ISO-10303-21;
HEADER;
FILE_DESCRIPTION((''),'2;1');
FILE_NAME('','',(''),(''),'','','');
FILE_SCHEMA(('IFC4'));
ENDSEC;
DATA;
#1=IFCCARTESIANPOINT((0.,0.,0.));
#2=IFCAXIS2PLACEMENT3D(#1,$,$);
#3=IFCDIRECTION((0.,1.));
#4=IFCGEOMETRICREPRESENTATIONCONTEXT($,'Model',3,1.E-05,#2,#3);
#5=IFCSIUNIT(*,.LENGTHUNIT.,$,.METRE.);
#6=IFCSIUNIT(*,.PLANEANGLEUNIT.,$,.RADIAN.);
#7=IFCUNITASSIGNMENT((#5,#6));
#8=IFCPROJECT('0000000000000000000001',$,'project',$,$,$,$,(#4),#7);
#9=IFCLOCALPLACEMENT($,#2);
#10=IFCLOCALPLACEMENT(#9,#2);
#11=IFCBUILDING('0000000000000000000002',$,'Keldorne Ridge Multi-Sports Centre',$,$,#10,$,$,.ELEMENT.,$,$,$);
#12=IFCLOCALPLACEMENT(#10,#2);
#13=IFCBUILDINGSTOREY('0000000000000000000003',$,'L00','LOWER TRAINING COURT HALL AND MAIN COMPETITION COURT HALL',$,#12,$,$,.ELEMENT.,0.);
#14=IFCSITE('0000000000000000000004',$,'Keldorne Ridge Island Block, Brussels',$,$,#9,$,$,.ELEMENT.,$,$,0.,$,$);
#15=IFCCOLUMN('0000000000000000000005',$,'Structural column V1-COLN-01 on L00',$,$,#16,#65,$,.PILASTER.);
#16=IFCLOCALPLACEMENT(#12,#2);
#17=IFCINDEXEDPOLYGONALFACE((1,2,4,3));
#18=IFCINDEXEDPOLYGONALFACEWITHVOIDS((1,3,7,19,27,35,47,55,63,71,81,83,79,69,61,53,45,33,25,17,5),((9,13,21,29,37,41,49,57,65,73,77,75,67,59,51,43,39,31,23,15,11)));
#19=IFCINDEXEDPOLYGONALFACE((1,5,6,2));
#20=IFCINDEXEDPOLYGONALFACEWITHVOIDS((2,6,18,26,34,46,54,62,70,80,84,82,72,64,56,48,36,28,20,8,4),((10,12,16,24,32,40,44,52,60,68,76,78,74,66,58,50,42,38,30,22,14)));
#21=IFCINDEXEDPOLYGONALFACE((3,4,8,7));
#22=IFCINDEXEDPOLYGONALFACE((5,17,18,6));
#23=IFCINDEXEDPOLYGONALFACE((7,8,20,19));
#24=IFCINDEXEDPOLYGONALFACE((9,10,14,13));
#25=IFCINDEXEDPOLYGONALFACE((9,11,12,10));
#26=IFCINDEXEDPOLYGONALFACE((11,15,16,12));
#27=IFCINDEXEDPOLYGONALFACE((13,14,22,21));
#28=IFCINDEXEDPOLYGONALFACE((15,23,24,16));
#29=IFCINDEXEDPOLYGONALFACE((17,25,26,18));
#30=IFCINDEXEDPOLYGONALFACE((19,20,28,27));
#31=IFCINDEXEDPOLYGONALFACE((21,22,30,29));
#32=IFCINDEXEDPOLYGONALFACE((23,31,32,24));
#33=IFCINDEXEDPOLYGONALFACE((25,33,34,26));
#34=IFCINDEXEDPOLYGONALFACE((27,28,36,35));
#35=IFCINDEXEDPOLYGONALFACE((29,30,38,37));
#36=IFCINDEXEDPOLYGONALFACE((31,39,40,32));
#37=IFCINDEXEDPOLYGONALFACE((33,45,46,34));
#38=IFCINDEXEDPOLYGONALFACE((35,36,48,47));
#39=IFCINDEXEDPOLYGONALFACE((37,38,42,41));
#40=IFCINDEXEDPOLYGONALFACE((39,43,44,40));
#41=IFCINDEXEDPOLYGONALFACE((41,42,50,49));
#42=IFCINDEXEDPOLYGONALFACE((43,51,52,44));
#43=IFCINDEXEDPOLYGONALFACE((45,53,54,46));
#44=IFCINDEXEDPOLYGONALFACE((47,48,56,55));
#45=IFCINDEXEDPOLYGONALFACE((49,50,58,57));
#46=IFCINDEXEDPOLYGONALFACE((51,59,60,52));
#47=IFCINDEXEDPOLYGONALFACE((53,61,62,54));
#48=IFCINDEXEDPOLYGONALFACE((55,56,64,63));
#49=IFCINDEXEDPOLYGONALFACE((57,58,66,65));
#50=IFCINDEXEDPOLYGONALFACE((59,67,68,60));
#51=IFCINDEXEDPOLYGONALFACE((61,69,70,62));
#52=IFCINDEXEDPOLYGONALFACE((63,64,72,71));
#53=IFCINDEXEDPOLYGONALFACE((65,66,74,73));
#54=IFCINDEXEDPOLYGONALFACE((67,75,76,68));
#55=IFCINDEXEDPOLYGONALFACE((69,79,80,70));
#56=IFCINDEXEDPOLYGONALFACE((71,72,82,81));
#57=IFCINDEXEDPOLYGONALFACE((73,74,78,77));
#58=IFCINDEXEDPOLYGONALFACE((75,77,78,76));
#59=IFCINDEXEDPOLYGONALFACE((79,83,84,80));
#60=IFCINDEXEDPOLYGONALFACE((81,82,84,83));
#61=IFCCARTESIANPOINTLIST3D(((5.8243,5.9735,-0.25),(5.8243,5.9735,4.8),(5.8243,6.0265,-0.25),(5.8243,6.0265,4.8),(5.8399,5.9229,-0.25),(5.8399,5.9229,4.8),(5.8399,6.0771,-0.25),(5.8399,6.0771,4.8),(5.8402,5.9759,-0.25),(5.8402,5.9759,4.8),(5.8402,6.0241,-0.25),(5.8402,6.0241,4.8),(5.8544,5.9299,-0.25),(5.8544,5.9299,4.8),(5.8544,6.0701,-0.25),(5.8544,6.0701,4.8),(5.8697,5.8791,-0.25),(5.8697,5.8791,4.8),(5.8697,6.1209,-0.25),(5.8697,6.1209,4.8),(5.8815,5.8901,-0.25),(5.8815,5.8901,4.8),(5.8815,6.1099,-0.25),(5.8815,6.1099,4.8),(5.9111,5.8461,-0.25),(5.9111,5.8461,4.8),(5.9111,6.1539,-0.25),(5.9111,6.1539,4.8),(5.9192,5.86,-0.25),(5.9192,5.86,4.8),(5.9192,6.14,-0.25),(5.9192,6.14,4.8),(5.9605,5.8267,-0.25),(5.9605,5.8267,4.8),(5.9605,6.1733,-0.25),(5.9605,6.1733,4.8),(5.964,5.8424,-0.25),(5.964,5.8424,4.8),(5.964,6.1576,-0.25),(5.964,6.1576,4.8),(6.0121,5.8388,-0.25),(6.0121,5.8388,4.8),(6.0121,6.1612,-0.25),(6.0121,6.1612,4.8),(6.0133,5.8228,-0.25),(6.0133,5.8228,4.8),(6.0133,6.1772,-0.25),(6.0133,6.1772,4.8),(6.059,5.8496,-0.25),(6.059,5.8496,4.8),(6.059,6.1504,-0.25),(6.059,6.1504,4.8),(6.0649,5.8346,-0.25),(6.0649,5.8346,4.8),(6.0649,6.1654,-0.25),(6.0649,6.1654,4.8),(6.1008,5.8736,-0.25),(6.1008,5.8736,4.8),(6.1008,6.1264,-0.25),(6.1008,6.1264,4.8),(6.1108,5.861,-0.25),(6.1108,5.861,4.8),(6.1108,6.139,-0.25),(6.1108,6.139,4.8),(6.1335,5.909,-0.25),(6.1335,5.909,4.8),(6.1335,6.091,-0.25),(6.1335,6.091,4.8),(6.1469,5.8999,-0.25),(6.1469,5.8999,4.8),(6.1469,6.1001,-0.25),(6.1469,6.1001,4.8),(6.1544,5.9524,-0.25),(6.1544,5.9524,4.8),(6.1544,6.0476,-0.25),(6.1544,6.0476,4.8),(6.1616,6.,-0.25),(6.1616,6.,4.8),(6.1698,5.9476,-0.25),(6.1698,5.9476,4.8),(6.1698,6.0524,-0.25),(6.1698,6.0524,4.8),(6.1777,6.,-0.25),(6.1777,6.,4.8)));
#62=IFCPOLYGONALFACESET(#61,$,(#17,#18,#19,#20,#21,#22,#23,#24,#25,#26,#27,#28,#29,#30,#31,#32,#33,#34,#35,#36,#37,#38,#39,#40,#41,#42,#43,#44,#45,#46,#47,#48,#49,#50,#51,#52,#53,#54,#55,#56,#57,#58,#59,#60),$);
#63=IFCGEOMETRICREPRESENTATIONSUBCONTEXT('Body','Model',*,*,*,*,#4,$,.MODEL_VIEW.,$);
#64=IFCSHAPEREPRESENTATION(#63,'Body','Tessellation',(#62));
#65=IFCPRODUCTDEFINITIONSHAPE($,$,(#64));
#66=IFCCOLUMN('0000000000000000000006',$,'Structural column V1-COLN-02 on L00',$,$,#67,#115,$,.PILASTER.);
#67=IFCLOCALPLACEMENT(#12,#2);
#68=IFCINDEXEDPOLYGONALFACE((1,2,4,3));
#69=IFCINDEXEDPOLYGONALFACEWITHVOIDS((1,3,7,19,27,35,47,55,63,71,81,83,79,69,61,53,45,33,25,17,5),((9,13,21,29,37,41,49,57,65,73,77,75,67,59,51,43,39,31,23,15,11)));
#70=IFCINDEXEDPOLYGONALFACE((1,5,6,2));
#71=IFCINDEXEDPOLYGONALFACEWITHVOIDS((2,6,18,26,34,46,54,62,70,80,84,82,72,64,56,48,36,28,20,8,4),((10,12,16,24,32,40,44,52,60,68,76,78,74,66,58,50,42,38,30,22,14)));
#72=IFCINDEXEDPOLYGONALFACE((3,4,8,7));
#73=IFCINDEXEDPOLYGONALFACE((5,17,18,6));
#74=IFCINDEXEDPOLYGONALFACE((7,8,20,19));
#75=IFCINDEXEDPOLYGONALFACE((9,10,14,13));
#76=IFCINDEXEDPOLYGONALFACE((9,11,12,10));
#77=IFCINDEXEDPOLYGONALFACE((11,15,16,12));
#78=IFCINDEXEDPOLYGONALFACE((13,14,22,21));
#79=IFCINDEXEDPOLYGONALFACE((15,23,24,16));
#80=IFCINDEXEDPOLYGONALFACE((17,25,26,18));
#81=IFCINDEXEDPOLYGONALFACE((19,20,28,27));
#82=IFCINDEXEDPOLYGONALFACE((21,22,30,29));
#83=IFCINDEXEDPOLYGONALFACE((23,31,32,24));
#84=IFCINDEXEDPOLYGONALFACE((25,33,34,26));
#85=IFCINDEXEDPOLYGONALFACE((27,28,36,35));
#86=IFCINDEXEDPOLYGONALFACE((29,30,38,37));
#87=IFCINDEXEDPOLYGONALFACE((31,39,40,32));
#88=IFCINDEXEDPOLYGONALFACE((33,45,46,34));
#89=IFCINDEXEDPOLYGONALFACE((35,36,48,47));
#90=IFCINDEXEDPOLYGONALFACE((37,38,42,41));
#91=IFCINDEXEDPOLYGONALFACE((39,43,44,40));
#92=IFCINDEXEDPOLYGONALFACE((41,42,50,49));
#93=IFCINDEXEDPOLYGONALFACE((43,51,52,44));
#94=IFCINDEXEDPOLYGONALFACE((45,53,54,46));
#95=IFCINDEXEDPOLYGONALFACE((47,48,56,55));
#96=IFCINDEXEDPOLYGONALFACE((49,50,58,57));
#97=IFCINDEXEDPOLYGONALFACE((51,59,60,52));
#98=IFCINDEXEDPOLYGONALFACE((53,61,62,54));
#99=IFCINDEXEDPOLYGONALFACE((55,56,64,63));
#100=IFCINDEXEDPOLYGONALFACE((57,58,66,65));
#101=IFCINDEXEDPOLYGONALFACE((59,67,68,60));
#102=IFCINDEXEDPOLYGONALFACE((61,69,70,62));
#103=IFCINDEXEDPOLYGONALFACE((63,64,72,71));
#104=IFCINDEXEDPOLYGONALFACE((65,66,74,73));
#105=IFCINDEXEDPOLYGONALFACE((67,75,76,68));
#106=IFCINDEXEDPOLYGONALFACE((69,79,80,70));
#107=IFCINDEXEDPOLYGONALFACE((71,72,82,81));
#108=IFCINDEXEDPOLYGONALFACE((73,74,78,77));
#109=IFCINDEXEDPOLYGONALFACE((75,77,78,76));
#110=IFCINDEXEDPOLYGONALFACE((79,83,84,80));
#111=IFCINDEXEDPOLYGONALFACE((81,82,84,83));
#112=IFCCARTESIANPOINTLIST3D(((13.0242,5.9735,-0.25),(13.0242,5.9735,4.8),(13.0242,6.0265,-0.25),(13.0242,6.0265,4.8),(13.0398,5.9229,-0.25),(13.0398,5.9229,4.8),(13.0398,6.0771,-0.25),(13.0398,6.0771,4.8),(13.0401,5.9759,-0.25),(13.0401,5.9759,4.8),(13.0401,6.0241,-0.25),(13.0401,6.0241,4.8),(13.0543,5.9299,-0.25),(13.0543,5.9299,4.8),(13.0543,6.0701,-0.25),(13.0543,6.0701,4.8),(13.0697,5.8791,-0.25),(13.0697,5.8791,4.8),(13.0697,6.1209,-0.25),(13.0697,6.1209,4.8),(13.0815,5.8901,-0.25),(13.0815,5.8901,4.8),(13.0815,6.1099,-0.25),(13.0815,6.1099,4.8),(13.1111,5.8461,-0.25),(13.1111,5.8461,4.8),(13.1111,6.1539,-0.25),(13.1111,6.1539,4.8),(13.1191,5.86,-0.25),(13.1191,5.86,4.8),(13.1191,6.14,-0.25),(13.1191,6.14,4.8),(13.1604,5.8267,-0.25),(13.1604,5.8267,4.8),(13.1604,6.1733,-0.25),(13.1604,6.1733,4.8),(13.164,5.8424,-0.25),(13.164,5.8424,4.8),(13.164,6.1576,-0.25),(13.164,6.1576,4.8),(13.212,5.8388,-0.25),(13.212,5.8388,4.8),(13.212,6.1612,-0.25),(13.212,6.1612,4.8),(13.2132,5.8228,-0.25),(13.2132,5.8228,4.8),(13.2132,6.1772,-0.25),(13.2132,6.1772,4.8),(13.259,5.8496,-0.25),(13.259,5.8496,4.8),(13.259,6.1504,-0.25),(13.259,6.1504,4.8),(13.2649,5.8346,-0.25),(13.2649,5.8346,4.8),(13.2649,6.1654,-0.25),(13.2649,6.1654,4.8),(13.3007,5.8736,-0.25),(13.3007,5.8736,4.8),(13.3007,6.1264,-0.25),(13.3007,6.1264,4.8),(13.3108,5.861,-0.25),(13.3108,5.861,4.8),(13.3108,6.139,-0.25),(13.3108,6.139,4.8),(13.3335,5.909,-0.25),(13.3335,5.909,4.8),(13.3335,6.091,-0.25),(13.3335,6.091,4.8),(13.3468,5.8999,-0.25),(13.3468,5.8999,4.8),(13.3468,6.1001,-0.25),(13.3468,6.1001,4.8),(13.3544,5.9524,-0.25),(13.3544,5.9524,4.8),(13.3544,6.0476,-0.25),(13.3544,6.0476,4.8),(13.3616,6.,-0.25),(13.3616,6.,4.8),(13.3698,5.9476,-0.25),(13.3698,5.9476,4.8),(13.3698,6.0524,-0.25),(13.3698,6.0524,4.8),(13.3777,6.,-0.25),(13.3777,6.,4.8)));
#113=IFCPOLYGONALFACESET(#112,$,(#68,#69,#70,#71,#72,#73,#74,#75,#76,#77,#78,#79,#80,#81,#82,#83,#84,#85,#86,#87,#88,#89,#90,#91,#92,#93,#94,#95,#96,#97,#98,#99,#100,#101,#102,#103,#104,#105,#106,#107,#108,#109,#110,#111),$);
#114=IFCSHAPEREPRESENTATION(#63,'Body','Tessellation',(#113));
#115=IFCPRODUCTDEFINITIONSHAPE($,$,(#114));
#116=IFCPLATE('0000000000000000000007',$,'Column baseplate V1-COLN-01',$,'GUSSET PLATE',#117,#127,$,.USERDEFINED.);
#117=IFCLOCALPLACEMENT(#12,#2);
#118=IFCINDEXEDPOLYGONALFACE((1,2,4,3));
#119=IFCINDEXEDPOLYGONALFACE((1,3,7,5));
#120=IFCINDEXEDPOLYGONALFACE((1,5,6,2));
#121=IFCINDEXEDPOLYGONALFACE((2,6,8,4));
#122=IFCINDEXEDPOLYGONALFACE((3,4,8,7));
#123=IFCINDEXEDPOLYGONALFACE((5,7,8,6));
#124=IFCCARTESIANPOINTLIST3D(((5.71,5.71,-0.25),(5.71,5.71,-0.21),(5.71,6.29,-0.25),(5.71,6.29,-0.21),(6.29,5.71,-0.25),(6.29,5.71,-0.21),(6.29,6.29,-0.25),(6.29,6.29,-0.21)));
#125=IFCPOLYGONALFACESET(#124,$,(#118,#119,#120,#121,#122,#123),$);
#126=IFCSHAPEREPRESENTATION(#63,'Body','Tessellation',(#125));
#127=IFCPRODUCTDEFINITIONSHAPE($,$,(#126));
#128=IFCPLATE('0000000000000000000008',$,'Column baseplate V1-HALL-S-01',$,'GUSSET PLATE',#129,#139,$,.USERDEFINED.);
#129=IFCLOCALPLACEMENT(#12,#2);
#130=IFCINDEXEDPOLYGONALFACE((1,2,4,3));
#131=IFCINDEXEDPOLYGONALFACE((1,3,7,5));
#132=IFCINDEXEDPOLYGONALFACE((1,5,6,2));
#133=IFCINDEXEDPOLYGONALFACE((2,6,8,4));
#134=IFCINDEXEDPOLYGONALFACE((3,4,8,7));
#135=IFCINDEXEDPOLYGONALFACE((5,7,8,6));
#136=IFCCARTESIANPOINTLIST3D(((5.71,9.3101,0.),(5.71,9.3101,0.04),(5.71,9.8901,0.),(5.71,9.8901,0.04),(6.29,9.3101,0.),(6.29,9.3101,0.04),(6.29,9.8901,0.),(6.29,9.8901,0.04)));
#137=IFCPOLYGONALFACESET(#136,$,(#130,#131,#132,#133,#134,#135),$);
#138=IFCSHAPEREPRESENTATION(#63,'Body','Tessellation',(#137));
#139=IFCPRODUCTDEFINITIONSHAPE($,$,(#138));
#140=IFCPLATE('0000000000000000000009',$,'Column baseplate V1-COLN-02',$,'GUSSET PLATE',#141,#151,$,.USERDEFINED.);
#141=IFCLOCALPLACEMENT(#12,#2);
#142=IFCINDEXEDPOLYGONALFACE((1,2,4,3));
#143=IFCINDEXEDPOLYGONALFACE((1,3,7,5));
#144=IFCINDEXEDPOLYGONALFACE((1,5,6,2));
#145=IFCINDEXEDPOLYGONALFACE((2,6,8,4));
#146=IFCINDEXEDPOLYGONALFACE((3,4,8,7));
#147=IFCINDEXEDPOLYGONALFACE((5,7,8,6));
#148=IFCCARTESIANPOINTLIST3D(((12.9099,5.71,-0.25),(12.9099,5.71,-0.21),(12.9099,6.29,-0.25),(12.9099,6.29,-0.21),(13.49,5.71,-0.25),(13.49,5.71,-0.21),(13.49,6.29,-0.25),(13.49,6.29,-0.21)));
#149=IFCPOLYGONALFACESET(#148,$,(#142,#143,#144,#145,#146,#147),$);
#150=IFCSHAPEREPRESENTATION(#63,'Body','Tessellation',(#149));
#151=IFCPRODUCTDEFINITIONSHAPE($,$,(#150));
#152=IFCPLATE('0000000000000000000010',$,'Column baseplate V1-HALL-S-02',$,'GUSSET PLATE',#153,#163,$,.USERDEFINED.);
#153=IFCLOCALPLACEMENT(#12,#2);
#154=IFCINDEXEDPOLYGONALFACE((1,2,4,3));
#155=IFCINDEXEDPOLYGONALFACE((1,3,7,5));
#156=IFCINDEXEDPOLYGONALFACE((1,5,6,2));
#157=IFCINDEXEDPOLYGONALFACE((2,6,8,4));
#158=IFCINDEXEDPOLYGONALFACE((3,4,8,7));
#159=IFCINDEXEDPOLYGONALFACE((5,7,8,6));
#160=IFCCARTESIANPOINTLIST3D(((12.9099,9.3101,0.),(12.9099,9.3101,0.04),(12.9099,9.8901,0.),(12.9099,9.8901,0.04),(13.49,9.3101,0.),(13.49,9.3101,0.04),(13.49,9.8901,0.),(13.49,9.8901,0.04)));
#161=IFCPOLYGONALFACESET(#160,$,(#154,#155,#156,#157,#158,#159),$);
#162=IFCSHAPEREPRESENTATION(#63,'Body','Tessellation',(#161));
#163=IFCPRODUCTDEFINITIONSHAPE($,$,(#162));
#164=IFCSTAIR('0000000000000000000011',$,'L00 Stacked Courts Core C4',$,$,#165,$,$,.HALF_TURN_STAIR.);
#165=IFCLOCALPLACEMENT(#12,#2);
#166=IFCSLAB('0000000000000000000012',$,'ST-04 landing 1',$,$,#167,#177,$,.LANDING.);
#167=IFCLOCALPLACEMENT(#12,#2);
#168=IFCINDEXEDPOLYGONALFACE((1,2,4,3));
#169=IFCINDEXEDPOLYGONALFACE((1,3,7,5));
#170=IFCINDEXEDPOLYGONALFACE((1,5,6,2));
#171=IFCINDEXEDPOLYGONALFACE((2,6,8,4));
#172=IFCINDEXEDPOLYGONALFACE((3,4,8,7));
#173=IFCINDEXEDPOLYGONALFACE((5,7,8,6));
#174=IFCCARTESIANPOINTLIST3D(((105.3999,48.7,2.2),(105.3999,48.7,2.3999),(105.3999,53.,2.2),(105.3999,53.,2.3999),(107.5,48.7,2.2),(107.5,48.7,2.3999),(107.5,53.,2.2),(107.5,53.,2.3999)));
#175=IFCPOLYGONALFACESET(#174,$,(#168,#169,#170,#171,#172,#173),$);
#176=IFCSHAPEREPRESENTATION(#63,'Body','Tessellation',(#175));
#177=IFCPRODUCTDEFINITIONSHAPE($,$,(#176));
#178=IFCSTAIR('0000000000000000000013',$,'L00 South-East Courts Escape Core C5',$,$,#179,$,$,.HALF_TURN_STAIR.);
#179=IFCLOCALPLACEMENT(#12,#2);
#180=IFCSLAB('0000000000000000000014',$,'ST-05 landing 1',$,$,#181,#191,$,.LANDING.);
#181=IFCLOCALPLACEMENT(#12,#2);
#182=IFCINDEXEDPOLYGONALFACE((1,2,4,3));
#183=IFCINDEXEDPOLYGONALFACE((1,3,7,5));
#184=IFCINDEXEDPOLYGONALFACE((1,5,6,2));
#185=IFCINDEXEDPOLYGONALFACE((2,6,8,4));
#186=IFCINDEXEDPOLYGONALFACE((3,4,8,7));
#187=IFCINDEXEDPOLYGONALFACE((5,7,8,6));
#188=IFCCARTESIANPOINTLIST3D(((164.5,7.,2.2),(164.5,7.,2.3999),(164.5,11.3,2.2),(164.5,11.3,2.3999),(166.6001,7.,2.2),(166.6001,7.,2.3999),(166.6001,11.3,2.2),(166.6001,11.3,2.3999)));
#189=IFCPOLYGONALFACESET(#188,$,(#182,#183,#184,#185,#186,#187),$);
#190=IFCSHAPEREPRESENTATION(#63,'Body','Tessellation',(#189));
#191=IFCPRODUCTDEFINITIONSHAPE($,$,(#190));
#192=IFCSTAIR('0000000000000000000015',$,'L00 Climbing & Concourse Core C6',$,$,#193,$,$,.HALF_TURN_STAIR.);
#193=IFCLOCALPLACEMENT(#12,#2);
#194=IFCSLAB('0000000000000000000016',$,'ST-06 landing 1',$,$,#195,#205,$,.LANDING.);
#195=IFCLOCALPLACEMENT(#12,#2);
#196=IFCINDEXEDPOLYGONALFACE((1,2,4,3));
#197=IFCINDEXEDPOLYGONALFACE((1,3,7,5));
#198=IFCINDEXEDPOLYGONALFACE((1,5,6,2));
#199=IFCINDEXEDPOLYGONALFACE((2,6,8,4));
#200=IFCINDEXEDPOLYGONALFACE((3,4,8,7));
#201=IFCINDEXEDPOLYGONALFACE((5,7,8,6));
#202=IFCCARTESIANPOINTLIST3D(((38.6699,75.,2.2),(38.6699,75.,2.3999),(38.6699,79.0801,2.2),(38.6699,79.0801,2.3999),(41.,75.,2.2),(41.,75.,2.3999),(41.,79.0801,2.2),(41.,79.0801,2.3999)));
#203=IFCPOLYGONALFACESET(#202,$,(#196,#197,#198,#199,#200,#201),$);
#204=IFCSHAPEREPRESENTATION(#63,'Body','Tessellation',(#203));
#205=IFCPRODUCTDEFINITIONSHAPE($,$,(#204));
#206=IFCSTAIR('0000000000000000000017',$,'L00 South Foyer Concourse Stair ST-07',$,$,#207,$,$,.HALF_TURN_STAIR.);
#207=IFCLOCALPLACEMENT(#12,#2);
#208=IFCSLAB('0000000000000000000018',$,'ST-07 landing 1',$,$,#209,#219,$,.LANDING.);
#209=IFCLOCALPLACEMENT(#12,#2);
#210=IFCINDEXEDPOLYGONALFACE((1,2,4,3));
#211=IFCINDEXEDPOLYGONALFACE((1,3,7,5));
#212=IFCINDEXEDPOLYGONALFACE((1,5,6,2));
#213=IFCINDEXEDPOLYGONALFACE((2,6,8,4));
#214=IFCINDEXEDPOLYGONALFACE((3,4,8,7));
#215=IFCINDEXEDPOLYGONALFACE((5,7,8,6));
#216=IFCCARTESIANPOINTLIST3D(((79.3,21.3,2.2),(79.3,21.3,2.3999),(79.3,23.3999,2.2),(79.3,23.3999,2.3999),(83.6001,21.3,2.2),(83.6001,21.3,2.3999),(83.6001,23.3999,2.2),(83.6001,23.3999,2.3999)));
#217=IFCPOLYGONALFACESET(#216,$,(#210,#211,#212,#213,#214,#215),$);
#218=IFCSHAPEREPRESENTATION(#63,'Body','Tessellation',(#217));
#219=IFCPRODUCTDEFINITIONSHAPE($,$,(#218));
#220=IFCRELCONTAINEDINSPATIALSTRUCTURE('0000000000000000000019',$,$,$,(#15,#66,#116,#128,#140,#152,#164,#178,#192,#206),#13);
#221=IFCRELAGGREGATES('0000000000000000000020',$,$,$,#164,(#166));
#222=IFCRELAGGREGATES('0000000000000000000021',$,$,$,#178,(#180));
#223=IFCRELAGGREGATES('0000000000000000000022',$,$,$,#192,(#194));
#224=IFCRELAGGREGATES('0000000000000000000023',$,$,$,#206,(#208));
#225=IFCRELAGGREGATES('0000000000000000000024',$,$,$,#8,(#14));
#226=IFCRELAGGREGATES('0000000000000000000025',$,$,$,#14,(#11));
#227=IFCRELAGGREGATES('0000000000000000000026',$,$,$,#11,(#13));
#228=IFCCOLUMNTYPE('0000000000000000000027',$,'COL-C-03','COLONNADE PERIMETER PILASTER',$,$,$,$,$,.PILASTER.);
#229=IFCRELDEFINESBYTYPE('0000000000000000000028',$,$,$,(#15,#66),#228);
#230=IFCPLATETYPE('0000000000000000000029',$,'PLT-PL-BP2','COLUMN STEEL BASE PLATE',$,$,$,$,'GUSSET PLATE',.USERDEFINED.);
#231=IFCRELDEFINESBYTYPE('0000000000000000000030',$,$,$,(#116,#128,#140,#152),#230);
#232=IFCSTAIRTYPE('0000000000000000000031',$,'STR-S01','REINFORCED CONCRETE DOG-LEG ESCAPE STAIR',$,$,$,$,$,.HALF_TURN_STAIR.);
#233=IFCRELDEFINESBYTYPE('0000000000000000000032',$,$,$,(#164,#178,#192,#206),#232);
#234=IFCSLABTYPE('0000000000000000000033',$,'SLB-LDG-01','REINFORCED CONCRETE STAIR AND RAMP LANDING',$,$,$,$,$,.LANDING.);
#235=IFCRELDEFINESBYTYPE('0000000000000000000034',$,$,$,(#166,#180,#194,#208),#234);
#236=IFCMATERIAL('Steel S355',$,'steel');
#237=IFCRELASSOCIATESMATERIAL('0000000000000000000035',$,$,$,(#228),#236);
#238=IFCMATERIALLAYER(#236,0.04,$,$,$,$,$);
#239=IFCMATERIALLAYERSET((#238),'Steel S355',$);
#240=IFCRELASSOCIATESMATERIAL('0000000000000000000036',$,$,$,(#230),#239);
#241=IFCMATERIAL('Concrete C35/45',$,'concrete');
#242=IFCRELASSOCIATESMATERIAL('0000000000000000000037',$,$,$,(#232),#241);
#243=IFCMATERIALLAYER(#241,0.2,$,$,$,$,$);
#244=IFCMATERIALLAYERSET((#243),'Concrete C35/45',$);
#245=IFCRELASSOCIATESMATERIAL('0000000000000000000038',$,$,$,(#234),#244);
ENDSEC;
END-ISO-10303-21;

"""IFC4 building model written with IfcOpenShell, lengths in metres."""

from ifc_helpers import new_model, si_unit, direction, frame, origin, origin_2d, place, context, subcontext, project, spatial, polyline, rectangle, hollow_circle, outline, extrude, material, layer, layer_set, material_profile, profile_set, type_object, element, aggregate, save


model = new_model("IFC4")

# Units and contexts
model_context = context("Model", 3, precision=1e-05, world=origin(), true_north=direction((0.0, 1.0)))
body_context = subcontext(model_context, "Body", "Model", "MODEL_VIEW")
ifc_project = project(units=[si_unit("LENGTHUNIT", "METRE"), si_unit("PLANEANGLEUNIT", "RADIAN")], contexts=[model_context])

# Site, building, storey
site_placement = place(None, origin())
site = spatial("IfcSite", under=ifc_project, at=site_placement, Name="Keldorne Ridge Island Block, Brussels", CompositionType="ELEMENT", RefElevation=0.0)
building_placement = place(site_placement, origin())
building = spatial("IfcBuilding", under=site, at=building_placement, Name="Keldorne Ridge Multi-Sports Centre", CompositionType="ELEMENT")
storey_placement = place(building_placement, origin())
storey = spatial("IfcBuildingStorey", under=building, at=storey_placement, Name="L00", Description="LOWER TRAINING COURT HALL AND MAIN COMPETITION COURT HALL", CompositionType="ELEMENT", Elevation=0.0)

# Shared definitions
ifc_material_1 = material(Name="Concrete C35/45", Category="concrete")

# Columns
ifc_material_2 = material(Name="Steel S355", Category="steel")
ifc_material_profile_1 = material_profile(ifc_material_2, hollow_circle(Radius=0.1777, WallThickness=0.0161, at=origin_2d()), Name="CHS 355.6x16")
ifc_profile_set_1 = profile_set([ifc_material_profile_1], Name="Steel S355")
column_type_1 = type_object("IfcColumnType", Name="COL-C-03", Description="COLONNADE PERIMETER PILASTER", PredefinedType="PILASTER", material=ifc_profile_set_1)
for number, where, z_axis, x_axis, name in (
    (1, (6.0, 6.0, -0.25), (0.0, 0.0, 1.0), (1.0, 0.0, 0.0), "Structural column V1-COLN-01 on L00"),
    (2, (13.2, 6.0, -0.25), (0.0, 0.0, 1.0), (1.0, 0.0, 0.0), "Structural column V1-COLN-02 on L00"),
):
    element("IfcColumn", number, at=place(storey_placement, frame(where, z_axis=z_axis, x_axis=x_axis)), inside=storey, type_object=column_type_1, Name=name, PredefinedType="PILASTER", context=body_context, shape_type="SweptSolid", body=[
        extrude(hollow_circle(Radius=0.1777, WallThickness=0.0161, at=origin_2d()), origin(), (0.0, 0.0, 1.0), 5.05),
    ])

# Plates
ifc_layer_1 = layer(ifc_material_2, 0.04)
ifc_layer_set_1 = layer_set([ifc_layer_1], Name="Steel S355")
plate_type = type_object("IfcPlateType", Name="PLT-PL-BP2", Description="COLUMN STEEL BASE PLATE", ElementType="GUSSET PLATE", PredefinedType="USERDEFINED", material=ifc_layer_set_1)
for number, where, z_axis, x_axis, name in (
    (3, (6.0, 6.0, -0.25), (0.0, 0.0, 1.0), (1.0, 0.0, 0.0), "Column baseplate V1-COLN-01"),
    (4, (6.0, 9.6001, 0.0), (0.0, 0.0, 1.0), (1.0, 0.0, 0.0), "Column baseplate V1-HALL-S-01"),
    (5, (13.2, 6.0, -0.25), (0.0, 0.0, 1.0), (1.0, 0.0, 0.0), "Column baseplate V1-COLN-02"),
    (6, (13.2, 9.6001, 0.0), (0.0, 0.0, 1.0), (1.0, 0.0, 0.0), "Column baseplate V1-HALL-S-02"),
):
    element("IfcPlate", number, at=place(storey_placement, frame(where, z_axis=z_axis, x_axis=x_axis)), inside=storey, type_object=plate_type, Name=name, ObjectType="GUSSET PLATE", PredefinedType="USERDEFINED", context=body_context, shape_type="SweptSolid", body=[
        extrude(rectangle(XDim=0.5801, YDim=0.5801, at=origin_2d()), origin(), (0.0, 0.0, 1.0), 0.04),
    ])

# Stairs, slabs
stair_type = type_object("IfcStairType", Name="STR-S01", Description="REINFORCED CONCRETE DOG-LEG ESCAPE STAIR", PredefinedType="HALF_TURN_STAIR", material=ifc_material_1)
stair_1_placement = place(storey_placement, origin())
stair_1 = element("IfcStair", 7, at=stair_1_placement, inside=storey, type_object=stair_type, Name="L00 Stacked Courts Core C4", PredefinedType="HALF_TURN_STAIR")
ifc_layer_2 = layer(ifc_material_1, 0.2)
ifc_layer_set_2 = layer_set([ifc_layer_2], Name="Concrete C35/45")
slab_type = type_object("IfcSlabType", Name="SLB-LDG-01", Description="REINFORCED CONCRETE STAIR AND RAMP LANDING", PredefinedType="LANDING", material=ifc_layer_set_2)
slab_1_placement = place(storey_placement, frame((0.0, 0.0, 2.2)))
slab_1 = element("IfcSlab", 8, at=slab_1_placement, type_object=slab_type, Name="ST-04 landing 1", PredefinedType="LANDING", context=body_context, shape_type="SweptSolid", body=[
    extrude(outline(polyline([(107.5, 53.0), (105.3999, 53.0), (105.3999, 48.7), (107.5, 48.7), (107.5, 53.0)])), origin(), (0.0, 0.0, 1.0), 0.2),
])
aggregate(stair_1, [slab_1])
stair_2_placement = place(storey_placement, origin())
stair_2 = element("IfcStair", 9, at=stair_2_placement, inside=storey, type_object=stair_type, Name="L00 South-East Courts Escape Core C5", PredefinedType="HALF_TURN_STAIR")
slab_2_placement = place(storey_placement, frame((0.0, 0.0, 2.2)))
slab_2 = element("IfcSlab", 10, at=slab_2_placement, type_object=slab_type, Name="ST-05 landing 1", PredefinedType="LANDING", context=body_context, shape_type="SweptSolid", body=[
    extrude(outline(polyline([(164.5, 7.0), (166.6001, 7.0), (166.6001, 11.3), (164.5, 11.3), (164.5, 7.0)])), origin(), (0.0, 0.0, 1.0), 0.2),
])
aggregate(stair_2, [slab_2])
stair_3_placement = place(storey_placement, origin())
stair_3 = element("IfcStair", 11, at=stair_3_placement, inside=storey, type_object=stair_type, Name="L00 Climbing & Concourse Core C6", PredefinedType="HALF_TURN_STAIR")
slab_3_placement = place(storey_placement, frame((0.0, 0.0, 2.2)))
slab_3 = element("IfcSlab", 12, at=slab_3_placement, type_object=slab_type, Name="ST-06 landing 1", PredefinedType="LANDING", context=body_context, shape_type="SweptSolid", body=[
    extrude(outline(polyline([(38.6699, 75.0), (41.0, 75.0), (41.0, 79.0801), (38.6699, 79.0801), (38.6699, 75.0)])), origin(), (0.0, 0.0, 1.0), 0.2),
])
aggregate(stair_3, [slab_3])
stair_4_placement = place(storey_placement, origin())
stair_4 = element("IfcStair", 13, at=stair_4_placement, inside=storey, type_object=stair_type, Name="L00 South Foyer Concourse Stair ST-07", PredefinedType="HALF_TURN_STAIR")
slab_4_placement = place(storey_placement, frame((0.0, 0.0, 2.2)))
slab_4 = element("IfcSlab", 14, at=slab_4_placement, type_object=slab_type, Name="ST-07 landing 1", PredefinedType="LANDING", context=body_context, shape_type="SweptSolid", body=[
    extrude(outline(polyline([(83.6001, 21.3), (83.6001, 23.3999), (79.3, 23.3999), (79.3, 21.3), (83.6001, 21.3)])), origin(), (0.0, 0.0, 1.0), 0.2),
])
aggregate(stair_4, [slab_4])

save(model, "model.ifc")
